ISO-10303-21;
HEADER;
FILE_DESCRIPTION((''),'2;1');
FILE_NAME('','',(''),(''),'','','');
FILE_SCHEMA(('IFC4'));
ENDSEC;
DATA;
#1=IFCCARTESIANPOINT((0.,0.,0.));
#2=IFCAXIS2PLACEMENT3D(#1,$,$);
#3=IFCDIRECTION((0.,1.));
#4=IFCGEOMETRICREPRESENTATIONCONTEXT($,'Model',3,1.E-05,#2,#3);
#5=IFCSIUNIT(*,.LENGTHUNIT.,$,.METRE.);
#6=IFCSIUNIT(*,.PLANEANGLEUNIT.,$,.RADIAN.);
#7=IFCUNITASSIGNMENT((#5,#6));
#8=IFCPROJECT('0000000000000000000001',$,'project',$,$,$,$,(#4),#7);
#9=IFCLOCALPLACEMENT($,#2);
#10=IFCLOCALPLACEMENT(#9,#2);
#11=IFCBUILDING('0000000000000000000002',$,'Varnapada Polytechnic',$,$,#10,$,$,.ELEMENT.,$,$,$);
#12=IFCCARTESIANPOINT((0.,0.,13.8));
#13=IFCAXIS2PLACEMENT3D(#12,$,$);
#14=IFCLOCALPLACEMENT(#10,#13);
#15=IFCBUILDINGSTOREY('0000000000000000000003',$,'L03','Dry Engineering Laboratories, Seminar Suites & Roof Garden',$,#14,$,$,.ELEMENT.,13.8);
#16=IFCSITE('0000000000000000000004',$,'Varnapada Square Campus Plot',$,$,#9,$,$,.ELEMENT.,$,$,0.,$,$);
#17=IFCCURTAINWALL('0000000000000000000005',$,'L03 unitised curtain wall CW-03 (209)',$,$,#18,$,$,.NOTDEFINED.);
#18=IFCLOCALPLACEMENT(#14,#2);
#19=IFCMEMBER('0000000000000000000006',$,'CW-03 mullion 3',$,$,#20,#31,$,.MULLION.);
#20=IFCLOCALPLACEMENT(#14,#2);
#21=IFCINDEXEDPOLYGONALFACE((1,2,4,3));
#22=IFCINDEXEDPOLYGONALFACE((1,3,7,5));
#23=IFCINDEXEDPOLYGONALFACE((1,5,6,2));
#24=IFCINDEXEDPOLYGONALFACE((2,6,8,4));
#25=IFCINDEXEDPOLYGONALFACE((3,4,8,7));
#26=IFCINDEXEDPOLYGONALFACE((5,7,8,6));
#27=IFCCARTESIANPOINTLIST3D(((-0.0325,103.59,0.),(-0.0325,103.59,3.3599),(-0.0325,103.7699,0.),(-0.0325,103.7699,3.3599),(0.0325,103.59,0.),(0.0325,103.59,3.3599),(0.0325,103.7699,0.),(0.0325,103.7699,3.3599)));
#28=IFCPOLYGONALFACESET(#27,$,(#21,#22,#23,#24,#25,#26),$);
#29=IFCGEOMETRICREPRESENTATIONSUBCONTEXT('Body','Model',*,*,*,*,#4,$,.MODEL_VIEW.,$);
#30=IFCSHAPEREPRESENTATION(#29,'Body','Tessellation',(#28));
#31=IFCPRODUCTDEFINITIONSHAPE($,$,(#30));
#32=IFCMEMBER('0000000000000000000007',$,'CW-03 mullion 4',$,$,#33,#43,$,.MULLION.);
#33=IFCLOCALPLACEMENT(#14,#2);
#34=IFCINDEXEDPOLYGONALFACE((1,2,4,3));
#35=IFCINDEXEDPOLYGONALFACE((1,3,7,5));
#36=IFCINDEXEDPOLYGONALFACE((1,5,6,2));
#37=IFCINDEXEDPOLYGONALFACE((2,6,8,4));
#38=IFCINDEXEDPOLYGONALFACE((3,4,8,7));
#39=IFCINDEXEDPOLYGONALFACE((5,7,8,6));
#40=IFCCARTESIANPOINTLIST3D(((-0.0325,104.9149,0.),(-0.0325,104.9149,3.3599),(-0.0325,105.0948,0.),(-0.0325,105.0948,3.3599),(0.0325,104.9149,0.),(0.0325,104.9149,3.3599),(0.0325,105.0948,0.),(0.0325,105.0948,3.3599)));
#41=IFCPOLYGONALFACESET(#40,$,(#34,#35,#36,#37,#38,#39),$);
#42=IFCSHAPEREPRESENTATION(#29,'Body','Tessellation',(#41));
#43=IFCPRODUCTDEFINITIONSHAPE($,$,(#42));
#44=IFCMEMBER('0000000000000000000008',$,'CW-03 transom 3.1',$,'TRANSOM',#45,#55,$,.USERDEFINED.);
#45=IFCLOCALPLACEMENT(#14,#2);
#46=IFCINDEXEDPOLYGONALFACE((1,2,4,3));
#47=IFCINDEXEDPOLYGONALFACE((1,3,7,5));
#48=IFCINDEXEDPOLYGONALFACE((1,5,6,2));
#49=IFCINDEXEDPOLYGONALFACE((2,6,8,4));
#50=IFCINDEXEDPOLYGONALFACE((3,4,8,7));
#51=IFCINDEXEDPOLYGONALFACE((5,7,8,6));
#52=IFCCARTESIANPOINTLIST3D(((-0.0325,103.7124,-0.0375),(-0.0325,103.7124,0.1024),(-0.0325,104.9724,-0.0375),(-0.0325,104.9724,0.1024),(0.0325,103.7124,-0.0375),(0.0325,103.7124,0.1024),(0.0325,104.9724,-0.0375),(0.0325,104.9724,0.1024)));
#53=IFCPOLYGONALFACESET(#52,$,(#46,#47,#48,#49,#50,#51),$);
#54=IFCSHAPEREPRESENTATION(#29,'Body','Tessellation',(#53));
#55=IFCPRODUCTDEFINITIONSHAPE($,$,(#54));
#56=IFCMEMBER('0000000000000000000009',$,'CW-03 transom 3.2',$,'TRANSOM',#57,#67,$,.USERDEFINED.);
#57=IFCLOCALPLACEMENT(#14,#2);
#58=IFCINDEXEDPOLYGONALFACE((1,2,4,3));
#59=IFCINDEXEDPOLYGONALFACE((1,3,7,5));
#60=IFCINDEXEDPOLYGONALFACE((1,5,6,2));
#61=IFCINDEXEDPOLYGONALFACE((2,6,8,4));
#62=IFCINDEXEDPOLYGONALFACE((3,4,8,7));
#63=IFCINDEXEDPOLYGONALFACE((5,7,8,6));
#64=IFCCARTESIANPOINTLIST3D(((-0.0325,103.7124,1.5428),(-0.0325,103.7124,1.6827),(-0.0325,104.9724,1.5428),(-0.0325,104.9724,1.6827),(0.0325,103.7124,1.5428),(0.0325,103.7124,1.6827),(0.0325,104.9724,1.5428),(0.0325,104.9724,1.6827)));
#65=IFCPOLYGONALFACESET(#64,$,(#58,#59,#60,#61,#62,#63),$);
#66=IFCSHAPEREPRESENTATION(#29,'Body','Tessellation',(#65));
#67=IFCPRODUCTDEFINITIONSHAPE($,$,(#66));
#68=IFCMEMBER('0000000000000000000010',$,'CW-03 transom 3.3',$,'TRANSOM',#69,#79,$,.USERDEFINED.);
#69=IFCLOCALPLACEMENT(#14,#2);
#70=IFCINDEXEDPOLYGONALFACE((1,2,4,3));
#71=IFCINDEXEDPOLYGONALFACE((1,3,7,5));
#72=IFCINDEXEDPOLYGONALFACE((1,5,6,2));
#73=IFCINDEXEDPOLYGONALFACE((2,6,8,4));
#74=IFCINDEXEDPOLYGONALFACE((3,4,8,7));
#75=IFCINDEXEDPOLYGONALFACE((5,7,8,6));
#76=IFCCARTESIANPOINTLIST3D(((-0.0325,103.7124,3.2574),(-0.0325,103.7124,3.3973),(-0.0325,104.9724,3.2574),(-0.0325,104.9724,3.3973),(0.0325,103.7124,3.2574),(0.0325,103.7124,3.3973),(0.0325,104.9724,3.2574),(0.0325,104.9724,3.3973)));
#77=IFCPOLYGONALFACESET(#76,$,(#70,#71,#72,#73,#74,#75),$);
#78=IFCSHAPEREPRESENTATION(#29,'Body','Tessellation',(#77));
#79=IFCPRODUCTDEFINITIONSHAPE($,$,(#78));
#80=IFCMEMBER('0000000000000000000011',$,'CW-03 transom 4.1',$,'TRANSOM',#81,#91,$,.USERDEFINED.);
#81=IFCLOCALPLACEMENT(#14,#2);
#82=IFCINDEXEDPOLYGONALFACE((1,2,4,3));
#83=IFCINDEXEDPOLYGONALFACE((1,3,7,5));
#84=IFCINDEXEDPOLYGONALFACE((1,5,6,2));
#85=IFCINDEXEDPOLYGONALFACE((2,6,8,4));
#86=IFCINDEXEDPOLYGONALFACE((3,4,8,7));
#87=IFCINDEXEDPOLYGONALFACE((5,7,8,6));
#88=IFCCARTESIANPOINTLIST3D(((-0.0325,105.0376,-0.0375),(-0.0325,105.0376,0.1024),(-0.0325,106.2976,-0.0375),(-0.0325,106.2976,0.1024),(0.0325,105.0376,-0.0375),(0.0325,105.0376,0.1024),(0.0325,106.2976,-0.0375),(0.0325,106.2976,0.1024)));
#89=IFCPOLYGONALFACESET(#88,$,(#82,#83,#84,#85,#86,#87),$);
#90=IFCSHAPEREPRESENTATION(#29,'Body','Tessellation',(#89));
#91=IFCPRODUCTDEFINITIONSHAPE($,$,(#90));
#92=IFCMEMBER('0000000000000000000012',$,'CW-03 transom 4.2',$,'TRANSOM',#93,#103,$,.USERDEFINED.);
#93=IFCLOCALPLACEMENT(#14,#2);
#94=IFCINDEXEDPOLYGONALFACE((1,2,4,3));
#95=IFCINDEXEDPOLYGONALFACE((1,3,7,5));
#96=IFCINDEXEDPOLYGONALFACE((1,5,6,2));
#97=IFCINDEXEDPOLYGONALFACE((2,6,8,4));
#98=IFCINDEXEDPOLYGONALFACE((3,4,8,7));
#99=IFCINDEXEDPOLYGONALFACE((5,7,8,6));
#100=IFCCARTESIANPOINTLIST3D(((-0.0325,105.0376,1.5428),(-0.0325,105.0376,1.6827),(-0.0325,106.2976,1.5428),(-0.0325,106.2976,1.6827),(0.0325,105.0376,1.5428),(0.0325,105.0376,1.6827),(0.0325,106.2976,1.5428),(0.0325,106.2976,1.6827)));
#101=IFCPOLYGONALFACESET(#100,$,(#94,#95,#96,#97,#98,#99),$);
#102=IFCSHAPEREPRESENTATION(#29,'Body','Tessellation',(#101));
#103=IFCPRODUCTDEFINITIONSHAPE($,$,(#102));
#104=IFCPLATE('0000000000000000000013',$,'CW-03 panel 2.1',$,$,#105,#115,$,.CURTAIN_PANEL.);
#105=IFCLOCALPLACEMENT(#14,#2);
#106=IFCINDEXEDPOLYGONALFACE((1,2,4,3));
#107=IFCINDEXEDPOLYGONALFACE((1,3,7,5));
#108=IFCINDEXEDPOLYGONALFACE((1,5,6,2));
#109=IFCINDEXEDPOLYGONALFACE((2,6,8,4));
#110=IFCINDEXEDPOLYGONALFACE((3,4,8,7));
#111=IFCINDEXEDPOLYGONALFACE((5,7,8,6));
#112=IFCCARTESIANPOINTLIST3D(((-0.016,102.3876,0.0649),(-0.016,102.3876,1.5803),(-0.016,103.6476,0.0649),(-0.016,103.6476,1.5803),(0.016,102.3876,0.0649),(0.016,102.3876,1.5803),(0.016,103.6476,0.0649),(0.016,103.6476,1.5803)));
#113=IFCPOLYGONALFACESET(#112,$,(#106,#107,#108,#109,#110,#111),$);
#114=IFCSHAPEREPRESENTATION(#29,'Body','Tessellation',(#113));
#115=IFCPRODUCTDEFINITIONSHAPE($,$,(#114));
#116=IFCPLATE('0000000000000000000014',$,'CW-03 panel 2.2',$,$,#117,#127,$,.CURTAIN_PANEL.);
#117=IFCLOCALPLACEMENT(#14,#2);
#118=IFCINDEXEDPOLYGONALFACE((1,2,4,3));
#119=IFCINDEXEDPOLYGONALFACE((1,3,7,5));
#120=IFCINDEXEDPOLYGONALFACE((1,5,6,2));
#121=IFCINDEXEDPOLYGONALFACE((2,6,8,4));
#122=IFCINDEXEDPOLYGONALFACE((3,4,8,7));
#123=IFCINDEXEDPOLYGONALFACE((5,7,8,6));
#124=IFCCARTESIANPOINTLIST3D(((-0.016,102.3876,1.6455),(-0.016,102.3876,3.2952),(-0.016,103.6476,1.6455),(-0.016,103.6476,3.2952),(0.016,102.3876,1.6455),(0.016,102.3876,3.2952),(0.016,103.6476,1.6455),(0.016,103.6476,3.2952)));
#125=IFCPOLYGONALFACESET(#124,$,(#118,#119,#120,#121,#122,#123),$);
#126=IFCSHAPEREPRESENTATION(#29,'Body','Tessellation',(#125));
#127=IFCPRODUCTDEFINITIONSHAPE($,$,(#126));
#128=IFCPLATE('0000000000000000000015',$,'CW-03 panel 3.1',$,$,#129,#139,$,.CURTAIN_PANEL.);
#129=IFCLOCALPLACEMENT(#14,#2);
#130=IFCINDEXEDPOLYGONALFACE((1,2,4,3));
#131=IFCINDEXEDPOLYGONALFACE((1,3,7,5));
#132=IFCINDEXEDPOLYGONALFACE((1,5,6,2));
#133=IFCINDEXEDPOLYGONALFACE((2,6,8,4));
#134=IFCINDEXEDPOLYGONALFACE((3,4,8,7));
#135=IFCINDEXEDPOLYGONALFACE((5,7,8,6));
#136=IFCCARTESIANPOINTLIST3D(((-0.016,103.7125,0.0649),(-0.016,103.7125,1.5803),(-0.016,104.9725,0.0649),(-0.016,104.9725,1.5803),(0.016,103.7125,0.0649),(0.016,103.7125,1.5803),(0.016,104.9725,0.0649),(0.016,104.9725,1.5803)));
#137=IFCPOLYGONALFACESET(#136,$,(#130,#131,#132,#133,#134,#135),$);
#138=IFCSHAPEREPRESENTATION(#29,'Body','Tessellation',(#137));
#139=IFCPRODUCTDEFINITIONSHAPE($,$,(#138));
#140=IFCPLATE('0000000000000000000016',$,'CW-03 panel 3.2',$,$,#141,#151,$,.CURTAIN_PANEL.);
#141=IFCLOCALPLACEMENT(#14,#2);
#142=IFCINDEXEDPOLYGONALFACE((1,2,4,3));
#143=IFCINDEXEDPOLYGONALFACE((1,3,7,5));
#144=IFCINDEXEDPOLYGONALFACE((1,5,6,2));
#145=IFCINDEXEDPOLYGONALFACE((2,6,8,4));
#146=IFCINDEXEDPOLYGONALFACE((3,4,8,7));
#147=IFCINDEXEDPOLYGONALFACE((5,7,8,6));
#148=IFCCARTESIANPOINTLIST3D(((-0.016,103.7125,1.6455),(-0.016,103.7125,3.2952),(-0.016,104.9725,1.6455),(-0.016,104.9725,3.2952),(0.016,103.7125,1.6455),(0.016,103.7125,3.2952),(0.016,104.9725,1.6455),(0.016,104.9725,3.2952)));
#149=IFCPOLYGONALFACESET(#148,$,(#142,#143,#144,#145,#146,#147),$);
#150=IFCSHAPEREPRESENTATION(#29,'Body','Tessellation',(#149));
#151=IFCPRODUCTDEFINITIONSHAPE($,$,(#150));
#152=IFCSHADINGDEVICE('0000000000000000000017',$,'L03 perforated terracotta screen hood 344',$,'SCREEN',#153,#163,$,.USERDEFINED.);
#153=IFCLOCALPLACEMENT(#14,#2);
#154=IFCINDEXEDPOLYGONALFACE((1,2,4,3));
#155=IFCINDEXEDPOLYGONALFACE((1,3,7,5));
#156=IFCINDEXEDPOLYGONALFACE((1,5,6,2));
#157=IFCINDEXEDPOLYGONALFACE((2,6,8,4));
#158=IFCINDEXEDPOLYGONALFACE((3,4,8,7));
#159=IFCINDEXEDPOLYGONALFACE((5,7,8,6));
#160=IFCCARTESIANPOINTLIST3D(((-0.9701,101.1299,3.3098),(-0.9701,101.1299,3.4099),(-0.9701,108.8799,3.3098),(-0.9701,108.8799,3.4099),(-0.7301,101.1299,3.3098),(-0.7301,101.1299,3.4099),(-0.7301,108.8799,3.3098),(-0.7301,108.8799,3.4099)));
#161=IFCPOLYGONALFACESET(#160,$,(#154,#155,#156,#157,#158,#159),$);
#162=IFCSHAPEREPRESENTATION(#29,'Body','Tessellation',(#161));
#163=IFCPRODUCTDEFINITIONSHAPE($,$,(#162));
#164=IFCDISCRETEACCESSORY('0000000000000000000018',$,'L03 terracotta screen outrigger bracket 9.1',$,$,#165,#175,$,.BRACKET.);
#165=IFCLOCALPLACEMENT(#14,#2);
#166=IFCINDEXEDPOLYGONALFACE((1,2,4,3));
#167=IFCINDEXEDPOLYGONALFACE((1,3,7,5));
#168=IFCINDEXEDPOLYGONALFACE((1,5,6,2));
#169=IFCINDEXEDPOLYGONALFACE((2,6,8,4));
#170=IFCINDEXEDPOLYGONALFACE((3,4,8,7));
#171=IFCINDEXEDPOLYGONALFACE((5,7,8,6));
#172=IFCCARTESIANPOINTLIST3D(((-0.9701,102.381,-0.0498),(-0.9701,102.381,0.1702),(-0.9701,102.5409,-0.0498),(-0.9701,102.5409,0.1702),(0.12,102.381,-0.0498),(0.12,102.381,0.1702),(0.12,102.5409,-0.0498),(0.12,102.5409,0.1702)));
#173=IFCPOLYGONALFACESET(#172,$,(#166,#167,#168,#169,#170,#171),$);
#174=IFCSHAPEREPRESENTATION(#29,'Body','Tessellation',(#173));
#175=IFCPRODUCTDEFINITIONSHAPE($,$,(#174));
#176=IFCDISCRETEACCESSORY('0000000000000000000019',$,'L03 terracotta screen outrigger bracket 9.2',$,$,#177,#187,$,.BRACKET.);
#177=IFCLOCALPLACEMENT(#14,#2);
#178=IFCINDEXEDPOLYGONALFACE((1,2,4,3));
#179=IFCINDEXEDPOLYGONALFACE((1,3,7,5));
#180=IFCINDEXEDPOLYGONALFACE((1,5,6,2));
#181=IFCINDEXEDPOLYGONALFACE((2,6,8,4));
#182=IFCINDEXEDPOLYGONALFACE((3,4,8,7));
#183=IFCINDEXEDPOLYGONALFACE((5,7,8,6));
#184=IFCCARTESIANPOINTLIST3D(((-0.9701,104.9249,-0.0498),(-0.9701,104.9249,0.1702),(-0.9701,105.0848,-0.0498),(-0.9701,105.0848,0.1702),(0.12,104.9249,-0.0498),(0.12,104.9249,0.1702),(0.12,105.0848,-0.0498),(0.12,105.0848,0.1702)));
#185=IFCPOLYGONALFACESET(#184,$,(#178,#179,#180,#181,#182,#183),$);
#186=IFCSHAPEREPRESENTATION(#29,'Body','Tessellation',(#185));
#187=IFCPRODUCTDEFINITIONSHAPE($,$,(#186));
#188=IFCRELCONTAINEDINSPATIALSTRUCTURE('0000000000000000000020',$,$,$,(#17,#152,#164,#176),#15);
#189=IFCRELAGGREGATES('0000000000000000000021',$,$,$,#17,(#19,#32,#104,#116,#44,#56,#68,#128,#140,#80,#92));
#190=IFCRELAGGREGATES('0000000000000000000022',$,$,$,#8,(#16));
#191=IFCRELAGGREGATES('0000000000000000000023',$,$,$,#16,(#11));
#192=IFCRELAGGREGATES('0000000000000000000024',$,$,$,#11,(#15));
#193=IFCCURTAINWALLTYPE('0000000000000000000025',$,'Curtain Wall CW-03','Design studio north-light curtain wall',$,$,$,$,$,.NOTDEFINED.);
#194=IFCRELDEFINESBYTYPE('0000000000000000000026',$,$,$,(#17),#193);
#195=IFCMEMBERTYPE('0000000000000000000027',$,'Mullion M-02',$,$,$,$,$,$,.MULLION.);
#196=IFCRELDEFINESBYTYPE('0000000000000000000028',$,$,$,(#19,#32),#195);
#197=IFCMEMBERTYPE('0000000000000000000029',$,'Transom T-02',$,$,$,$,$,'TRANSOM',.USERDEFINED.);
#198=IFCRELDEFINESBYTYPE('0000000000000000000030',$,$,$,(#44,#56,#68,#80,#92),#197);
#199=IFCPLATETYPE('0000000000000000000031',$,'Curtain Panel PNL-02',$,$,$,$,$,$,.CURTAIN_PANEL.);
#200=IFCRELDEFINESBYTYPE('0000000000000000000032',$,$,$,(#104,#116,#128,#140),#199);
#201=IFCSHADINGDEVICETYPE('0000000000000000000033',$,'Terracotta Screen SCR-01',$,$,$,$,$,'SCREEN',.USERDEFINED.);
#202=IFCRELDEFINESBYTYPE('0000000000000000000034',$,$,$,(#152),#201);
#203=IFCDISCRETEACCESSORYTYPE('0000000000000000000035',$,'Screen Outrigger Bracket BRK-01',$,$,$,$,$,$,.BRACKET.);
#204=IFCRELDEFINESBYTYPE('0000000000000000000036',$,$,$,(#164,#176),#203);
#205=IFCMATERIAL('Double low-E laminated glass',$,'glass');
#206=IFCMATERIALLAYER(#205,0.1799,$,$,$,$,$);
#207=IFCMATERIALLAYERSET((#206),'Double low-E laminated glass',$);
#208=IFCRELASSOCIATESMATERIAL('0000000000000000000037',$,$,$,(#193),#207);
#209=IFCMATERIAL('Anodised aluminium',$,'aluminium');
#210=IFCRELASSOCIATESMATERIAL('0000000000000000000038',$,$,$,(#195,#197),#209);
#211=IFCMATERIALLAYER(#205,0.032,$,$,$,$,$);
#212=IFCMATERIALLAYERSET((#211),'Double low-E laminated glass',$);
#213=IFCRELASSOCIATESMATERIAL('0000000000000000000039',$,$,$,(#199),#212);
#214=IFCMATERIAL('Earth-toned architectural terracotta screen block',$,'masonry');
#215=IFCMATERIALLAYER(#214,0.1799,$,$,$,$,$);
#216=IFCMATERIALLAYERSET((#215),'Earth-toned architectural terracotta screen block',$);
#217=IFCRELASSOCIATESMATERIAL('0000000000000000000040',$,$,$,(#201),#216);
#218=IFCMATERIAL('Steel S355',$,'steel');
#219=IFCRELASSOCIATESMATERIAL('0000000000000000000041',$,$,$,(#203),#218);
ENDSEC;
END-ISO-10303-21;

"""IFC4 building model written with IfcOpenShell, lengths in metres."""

from ifc_helpers import new_model, si_unit, direction, frame, origin, origin_2d, place, context, subcontext, project, spatial, rectangle, extrude, material, layer, layer_set, material_profile, profile_set, type_object, element, aggregate, save


model = new_model("IFC4")

# Units and contexts
model_context = context("Model", 3, precision=1e-05, world=origin(), true_north=direction((0.0, 1.0)))
body_context = subcontext(model_context, "Body", "Model", "MODEL_VIEW")
ifc_project = project(units=[si_unit("LENGTHUNIT", "METRE"), si_unit("PLANEANGLEUNIT", "RADIAN")], contexts=[model_context])

# Site, building, storey
site_placement = place(None, origin())
site = spatial("IfcSite", under=ifc_project, at=site_placement, Name="Varnapada Square Campus Plot", CompositionType="ELEMENT", RefElevation=0.0)
building_placement = place(site_placement, origin())
building = spatial("IfcBuilding", under=site, at=building_placement, Name="Varnapada Polytechnic", CompositionType="ELEMENT")
storey_placement = place(building_placement, frame((0.0, 0.0, 13.8)))
storey = spatial("IfcBuildingStorey", under=building, at=storey_placement, Name="L03", Description="Dry Engineering Laboratories, Seminar Suites & Roof Garden", CompositionType="ELEMENT", Elevation=13.8)

# Curtain wall, members, plates
ifc_material_1 = material(Name="Double low-E laminated glass", Category="glass")
ifc_layer_1 = layer(ifc_material_1, 0.1799)
ifc_layer_set_1 = layer_set([ifc_layer_1], Name="Double low-E laminated glass")
curtain_wall_type = type_object("IfcCurtainWallType", Name="Curtain Wall CW-03", Description="Design studio north-light curtain wall", PredefinedType="NOTDEFINED", material=ifc_layer_set_1)
curtain_wall_placement = place(storey_placement, origin())
curtain_wall = element("IfcCurtainWall", 1, at=curtain_wall_placement, inside=storey, type_object=curtain_wall_type, Name="L03 unitised curtain wall CW-03 (209)", PredefinedType="NOTDEFINED")
ifc_material_2 = material(Name="Anodised aluminium", Category="aluminium")
ifc_material_profile_1 = material_profile(ifc_material_2, rectangle(XDim=0.0649, YDim=0.1799, at=origin_2d()), Name="ALU M65x180")
ifc_profile_set_1 = profile_set([ifc_material_profile_1], Name="Anodised aluminium")
member_type_1 = type_object("IfcMemberType", Name="Mullion M-02", PredefinedType="MULLION", material=ifc_profile_set_1)
member_1_placement = place(storey_placement, frame((0.0, 103.6799, 0.0), z_axis=(0.0, 0.0, 1.0), x_axis=(-1.0, 0.0, 0.0)))
member_1 = element("IfcMember", 2, at=member_1_placement, type_object=member_type_1, Name="CW-03 mullion 3", PredefinedType="MULLION", context=body_context, shape_type="SweptSolid", body=[
    extrude(rectangle(XDim=0.0649, YDim=0.1799, at=origin_2d()), origin(), (0.0, 0.0, 1.0), 3.3599),
])
member_2_placement = place(storey_placement, frame((0.0, 105.0049, 0.0), z_axis=(0.0, 0.0, 1.0), x_axis=(-1.0, 0.0, 0.0)))
member_2 = element("IfcMember", 3, at=member_2_placement, type_object=member_type_1, Name="CW-03 mullion 4", PredefinedType="MULLION", context=body_context, shape_type="SweptSolid", body=[
    extrude(rectangle(XDim=0.0649, YDim=0.1799, at=origin_2d()), origin(), (0.0, 0.0, 1.0), 3.3599),
])
ifc_material_profile_2 = material_profile(ifc_material_2, rectangle(XDim=0.0649, YDim=0.1399, at=origin_2d()), Name="ALU T65x140")
ifc_profile_set_2 = profile_set([ifc_material_profile_2], Name="Anodised aluminium")
member_type_2 = type_object("IfcMemberType", Name="Transom T-02", ElementType="TRANSOM", PredefinedType="USERDEFINED", material=ifc_profile_set_2)
member_3_placement = place(storey_placement, frame((0.0, 103.7124, 0.0325), z_axis=(0.0, 1.0, 0.0), x_axis=(-1.0, 0.0, 0.0)))
member_3 = element("IfcMember", 4, at=member_3_placement, type_object=member_type_2, Name="CW-03 transom 3.1", ObjectType="TRANSOM", PredefinedType="USERDEFINED", context=body_context, shape_type="SweptSolid", body=[
    extrude(rectangle(XDim=0.0649, YDim=0.1399, at=origin_2d()), origin(), (0.0, 0.0, 1.0), 1.26),
])
member_4_placement = place(storey_placement, frame((0.0, 103.7124, 1.6128), z_axis=(0.0, 1.0, 0.0), x_axis=(-1.0, 0.0, 0.0)))
member_4 = element("IfcMember", 5, at=member_4_placement, type_object=member_type_2, Name="CW-03 transom 3.2", ObjectType="TRANSOM", PredefinedType="USERDEFINED", context=body_context, shape_type="SweptSolid", body=[
    extrude(rectangle(XDim=0.0649, YDim=0.1399, at=origin_2d()), origin(), (0.0, 0.0, 1.0), 1.26),
])
member_5_placement = place(storey_placement, frame((0.0, 103.7124, 3.3274), z_axis=(0.0, 1.0, 0.0), x_axis=(-1.0, 0.0, 0.0)))
member_5 = element("IfcMember", 6, at=member_5_placement, type_object=member_type_2, Name="CW-03 transom 3.3", ObjectType="TRANSOM", PredefinedType="USERDEFINED", context=body_context, shape_type="SweptSolid", body=[
    extrude(rectangle(XDim=0.0649, YDim=0.1399, at=origin_2d()), origin(), (0.0, 0.0, 1.0), 1.26),
])
member_6_placement = place(storey_placement, frame((0.0, 105.0376, 0.0325), z_axis=(0.0, 1.0, 0.0), x_axis=(-1.0, 0.0, 0.0)))
member_6 = element("IfcMember", 7, at=member_6_placement, type_object=member_type_2, Name="CW-03 transom 4.1", ObjectType="TRANSOM", PredefinedType="USERDEFINED", context=body_context, shape_type="SweptSolid", body=[
    extrude(rectangle(XDim=0.0649, YDim=0.1399, at=origin_2d()), origin(), (0.0, 0.0, 1.0), 1.26),
])
member_7_placement = place(storey_placement, frame((0.0, 105.0376, 1.6128), z_axis=(0.0, 1.0, 0.0), x_axis=(-1.0, 0.0, 0.0)))
member_7 = element("IfcMember", 8, at=member_7_placement, type_object=member_type_2, Name="CW-03 transom 4.2", ObjectType="TRANSOM", PredefinedType="USERDEFINED", context=body_context, shape_type="SweptSolid", body=[
    extrude(rectangle(XDim=0.0649, YDim=0.1399, at=origin_2d()), origin(), (0.0, 0.0, 1.0), 1.26),
])
ifc_layer_2 = layer(ifc_material_1, 0.032)
ifc_layer_set_2 = layer_set([ifc_layer_2], Name="Double low-E laminated glass")
plate_type = type_object("IfcPlateType", Name="Curtain Panel PNL-02", PredefinedType="CURTAIN_PANEL", material=ifc_layer_set_2)
plate_1_placement = place(storey_placement, frame((0.0, 103.0176, 0.0649), z_axis=(0.0, 0.0, 1.0), x_axis=(0.0, 1.0, 0.0)))
plate_1 = element("IfcPlate", 9, at=plate_1_placement, type_object=plate_type, Name="CW-03 panel 2.1", PredefinedType="CURTAIN_PANEL", context=body_context, shape_type="SweptSolid", body=[
    extrude(rectangle(XDim=1.26, YDim=0.032, at=origin_2d()), origin(), (0.0, 0.0, 1.0), 1.5154),
])
plate_2_placement = place(storey_placement, frame((0.0, 103.0176, 1.6455), z_axis=(0.0, 0.0, 1.0), x_axis=(0.0, 1.0, 0.0)))
plate_2 = element("IfcPlate", 10, at=plate_2_placement, type_object=plate_type, Name="CW-03 panel 2.2", PredefinedType="CURTAIN_PANEL", context=body_context, shape_type="SweptSolid", body=[
    extrude(rectangle(XDim=1.26, YDim=0.032, at=origin_2d()), origin(), (0.0, 0.0, 1.0), 1.6497),
])
plate_3_placement = place(storey_placement, frame((0.0, 104.3425, 0.0649), z_axis=(0.0, 0.0, 1.0), x_axis=(0.0, 1.0, 0.0)))
plate_3 = element("IfcPlate", 11, at=plate_3_placement, type_object=plate_type, Name="CW-03 panel 3.1", PredefinedType="CURTAIN_PANEL", context=body_context, shape_type="SweptSolid", body=[
    extrude(rectangle(XDim=1.26, YDim=0.032, at=origin_2d()), origin(), (0.0, 0.0, 1.0), 1.5154),
])
plate_4_placement = place(storey_placement, frame((0.0, 104.3425, 1.6455), z_axis=(0.0, 0.0, 1.0), x_axis=(0.0, 1.0, 0.0)))
plate_4 = element("IfcPlate", 12, at=plate_4_placement, type_object=plate_type, Name="CW-03 panel 3.2", PredefinedType="CURTAIN_PANEL", context=body_context, shape_type="SweptSolid", body=[
    extrude(rectangle(XDim=1.26, YDim=0.032, at=origin_2d()), origin(), (0.0, 0.0, 1.0), 1.6497),
])
aggregate(curtain_wall, [member_1, member_2, plate_1, plate_2, member_3, member_4, member_5, plate_3, plate_4, member_6, member_7])

# Shading device
ifc_material_3 = material(Name="Earth-toned architectural terracotta screen block", Category="masonry")
ifc_layer_3 = layer(ifc_material_3, 0.1799)
ifc_layer_set_3 = layer_set([ifc_layer_3], Name="Earth-toned architectural terracotta screen block")
shading_device_type = type_object("IfcShadingDeviceType", Name="Terracotta Screen SCR-01", ElementType="SCREEN", PredefinedType="USERDEFINED", material=ifc_layer_set_3)
shading_device_placement = place(storey_placement, frame((-0.8501, 105.0049, 3.3098), z_axis=(0.0, 0.0, 1.0), x_axis=(0.0, 1.0, 0.0)))
element("IfcShadingDevice", 13, at=shading_device_placement, inside=storey, type_object=shading_device_type, Name="L03 perforated terracotta screen hood 344", ObjectType="SCREEN", PredefinedType="USERDEFINED", context=body_context, shape_type="SweptSolid", body=[
    extrude(rectangle(XDim=7.75, YDim=0.24, at=origin_2d()), origin(), (0.0, 0.0, 1.0), 0.1001),
])

# Discrete accessories
ifc_material_4 = material(Name="Steel S355", Category="steel")
discrete_accessory_type = type_object("IfcDiscreteAccessoryType", Name="Screen Outrigger Bracket BRK-01", PredefinedType="BRACKET", material=ifc_material_4)
for number, where, z_axis, x_axis, name in (
    (14, (-0.425, 102.4609, -0.0498), (0.0, 0.0, 1.0), (0.0, 1.0, 0.0), "L03 terracotta screen outrigger bracket 9.1"),
    (15, (-0.425, 105.0049, -0.0498), (0.0, 0.0, 1.0), (0.0, 1.0, 0.0), "L03 terracotta screen outrigger bracket 9.2"),
):
    element("IfcDiscreteAccessory", number, at=place(storey_placement, frame(where, z_axis=z_axis, x_axis=x_axis)), inside=storey, type_object=discrete_accessory_type, Name=name, PredefinedType="BRACKET", context=body_context, shape_type="SweptSolid", body=[
        extrude(rectangle(XDim=0.1599, YDim=1.0901, at=origin_2d()), origin(), (0.0, 0.0, 1.0), 0.22),
    ])

save(model, "model.ifc")
